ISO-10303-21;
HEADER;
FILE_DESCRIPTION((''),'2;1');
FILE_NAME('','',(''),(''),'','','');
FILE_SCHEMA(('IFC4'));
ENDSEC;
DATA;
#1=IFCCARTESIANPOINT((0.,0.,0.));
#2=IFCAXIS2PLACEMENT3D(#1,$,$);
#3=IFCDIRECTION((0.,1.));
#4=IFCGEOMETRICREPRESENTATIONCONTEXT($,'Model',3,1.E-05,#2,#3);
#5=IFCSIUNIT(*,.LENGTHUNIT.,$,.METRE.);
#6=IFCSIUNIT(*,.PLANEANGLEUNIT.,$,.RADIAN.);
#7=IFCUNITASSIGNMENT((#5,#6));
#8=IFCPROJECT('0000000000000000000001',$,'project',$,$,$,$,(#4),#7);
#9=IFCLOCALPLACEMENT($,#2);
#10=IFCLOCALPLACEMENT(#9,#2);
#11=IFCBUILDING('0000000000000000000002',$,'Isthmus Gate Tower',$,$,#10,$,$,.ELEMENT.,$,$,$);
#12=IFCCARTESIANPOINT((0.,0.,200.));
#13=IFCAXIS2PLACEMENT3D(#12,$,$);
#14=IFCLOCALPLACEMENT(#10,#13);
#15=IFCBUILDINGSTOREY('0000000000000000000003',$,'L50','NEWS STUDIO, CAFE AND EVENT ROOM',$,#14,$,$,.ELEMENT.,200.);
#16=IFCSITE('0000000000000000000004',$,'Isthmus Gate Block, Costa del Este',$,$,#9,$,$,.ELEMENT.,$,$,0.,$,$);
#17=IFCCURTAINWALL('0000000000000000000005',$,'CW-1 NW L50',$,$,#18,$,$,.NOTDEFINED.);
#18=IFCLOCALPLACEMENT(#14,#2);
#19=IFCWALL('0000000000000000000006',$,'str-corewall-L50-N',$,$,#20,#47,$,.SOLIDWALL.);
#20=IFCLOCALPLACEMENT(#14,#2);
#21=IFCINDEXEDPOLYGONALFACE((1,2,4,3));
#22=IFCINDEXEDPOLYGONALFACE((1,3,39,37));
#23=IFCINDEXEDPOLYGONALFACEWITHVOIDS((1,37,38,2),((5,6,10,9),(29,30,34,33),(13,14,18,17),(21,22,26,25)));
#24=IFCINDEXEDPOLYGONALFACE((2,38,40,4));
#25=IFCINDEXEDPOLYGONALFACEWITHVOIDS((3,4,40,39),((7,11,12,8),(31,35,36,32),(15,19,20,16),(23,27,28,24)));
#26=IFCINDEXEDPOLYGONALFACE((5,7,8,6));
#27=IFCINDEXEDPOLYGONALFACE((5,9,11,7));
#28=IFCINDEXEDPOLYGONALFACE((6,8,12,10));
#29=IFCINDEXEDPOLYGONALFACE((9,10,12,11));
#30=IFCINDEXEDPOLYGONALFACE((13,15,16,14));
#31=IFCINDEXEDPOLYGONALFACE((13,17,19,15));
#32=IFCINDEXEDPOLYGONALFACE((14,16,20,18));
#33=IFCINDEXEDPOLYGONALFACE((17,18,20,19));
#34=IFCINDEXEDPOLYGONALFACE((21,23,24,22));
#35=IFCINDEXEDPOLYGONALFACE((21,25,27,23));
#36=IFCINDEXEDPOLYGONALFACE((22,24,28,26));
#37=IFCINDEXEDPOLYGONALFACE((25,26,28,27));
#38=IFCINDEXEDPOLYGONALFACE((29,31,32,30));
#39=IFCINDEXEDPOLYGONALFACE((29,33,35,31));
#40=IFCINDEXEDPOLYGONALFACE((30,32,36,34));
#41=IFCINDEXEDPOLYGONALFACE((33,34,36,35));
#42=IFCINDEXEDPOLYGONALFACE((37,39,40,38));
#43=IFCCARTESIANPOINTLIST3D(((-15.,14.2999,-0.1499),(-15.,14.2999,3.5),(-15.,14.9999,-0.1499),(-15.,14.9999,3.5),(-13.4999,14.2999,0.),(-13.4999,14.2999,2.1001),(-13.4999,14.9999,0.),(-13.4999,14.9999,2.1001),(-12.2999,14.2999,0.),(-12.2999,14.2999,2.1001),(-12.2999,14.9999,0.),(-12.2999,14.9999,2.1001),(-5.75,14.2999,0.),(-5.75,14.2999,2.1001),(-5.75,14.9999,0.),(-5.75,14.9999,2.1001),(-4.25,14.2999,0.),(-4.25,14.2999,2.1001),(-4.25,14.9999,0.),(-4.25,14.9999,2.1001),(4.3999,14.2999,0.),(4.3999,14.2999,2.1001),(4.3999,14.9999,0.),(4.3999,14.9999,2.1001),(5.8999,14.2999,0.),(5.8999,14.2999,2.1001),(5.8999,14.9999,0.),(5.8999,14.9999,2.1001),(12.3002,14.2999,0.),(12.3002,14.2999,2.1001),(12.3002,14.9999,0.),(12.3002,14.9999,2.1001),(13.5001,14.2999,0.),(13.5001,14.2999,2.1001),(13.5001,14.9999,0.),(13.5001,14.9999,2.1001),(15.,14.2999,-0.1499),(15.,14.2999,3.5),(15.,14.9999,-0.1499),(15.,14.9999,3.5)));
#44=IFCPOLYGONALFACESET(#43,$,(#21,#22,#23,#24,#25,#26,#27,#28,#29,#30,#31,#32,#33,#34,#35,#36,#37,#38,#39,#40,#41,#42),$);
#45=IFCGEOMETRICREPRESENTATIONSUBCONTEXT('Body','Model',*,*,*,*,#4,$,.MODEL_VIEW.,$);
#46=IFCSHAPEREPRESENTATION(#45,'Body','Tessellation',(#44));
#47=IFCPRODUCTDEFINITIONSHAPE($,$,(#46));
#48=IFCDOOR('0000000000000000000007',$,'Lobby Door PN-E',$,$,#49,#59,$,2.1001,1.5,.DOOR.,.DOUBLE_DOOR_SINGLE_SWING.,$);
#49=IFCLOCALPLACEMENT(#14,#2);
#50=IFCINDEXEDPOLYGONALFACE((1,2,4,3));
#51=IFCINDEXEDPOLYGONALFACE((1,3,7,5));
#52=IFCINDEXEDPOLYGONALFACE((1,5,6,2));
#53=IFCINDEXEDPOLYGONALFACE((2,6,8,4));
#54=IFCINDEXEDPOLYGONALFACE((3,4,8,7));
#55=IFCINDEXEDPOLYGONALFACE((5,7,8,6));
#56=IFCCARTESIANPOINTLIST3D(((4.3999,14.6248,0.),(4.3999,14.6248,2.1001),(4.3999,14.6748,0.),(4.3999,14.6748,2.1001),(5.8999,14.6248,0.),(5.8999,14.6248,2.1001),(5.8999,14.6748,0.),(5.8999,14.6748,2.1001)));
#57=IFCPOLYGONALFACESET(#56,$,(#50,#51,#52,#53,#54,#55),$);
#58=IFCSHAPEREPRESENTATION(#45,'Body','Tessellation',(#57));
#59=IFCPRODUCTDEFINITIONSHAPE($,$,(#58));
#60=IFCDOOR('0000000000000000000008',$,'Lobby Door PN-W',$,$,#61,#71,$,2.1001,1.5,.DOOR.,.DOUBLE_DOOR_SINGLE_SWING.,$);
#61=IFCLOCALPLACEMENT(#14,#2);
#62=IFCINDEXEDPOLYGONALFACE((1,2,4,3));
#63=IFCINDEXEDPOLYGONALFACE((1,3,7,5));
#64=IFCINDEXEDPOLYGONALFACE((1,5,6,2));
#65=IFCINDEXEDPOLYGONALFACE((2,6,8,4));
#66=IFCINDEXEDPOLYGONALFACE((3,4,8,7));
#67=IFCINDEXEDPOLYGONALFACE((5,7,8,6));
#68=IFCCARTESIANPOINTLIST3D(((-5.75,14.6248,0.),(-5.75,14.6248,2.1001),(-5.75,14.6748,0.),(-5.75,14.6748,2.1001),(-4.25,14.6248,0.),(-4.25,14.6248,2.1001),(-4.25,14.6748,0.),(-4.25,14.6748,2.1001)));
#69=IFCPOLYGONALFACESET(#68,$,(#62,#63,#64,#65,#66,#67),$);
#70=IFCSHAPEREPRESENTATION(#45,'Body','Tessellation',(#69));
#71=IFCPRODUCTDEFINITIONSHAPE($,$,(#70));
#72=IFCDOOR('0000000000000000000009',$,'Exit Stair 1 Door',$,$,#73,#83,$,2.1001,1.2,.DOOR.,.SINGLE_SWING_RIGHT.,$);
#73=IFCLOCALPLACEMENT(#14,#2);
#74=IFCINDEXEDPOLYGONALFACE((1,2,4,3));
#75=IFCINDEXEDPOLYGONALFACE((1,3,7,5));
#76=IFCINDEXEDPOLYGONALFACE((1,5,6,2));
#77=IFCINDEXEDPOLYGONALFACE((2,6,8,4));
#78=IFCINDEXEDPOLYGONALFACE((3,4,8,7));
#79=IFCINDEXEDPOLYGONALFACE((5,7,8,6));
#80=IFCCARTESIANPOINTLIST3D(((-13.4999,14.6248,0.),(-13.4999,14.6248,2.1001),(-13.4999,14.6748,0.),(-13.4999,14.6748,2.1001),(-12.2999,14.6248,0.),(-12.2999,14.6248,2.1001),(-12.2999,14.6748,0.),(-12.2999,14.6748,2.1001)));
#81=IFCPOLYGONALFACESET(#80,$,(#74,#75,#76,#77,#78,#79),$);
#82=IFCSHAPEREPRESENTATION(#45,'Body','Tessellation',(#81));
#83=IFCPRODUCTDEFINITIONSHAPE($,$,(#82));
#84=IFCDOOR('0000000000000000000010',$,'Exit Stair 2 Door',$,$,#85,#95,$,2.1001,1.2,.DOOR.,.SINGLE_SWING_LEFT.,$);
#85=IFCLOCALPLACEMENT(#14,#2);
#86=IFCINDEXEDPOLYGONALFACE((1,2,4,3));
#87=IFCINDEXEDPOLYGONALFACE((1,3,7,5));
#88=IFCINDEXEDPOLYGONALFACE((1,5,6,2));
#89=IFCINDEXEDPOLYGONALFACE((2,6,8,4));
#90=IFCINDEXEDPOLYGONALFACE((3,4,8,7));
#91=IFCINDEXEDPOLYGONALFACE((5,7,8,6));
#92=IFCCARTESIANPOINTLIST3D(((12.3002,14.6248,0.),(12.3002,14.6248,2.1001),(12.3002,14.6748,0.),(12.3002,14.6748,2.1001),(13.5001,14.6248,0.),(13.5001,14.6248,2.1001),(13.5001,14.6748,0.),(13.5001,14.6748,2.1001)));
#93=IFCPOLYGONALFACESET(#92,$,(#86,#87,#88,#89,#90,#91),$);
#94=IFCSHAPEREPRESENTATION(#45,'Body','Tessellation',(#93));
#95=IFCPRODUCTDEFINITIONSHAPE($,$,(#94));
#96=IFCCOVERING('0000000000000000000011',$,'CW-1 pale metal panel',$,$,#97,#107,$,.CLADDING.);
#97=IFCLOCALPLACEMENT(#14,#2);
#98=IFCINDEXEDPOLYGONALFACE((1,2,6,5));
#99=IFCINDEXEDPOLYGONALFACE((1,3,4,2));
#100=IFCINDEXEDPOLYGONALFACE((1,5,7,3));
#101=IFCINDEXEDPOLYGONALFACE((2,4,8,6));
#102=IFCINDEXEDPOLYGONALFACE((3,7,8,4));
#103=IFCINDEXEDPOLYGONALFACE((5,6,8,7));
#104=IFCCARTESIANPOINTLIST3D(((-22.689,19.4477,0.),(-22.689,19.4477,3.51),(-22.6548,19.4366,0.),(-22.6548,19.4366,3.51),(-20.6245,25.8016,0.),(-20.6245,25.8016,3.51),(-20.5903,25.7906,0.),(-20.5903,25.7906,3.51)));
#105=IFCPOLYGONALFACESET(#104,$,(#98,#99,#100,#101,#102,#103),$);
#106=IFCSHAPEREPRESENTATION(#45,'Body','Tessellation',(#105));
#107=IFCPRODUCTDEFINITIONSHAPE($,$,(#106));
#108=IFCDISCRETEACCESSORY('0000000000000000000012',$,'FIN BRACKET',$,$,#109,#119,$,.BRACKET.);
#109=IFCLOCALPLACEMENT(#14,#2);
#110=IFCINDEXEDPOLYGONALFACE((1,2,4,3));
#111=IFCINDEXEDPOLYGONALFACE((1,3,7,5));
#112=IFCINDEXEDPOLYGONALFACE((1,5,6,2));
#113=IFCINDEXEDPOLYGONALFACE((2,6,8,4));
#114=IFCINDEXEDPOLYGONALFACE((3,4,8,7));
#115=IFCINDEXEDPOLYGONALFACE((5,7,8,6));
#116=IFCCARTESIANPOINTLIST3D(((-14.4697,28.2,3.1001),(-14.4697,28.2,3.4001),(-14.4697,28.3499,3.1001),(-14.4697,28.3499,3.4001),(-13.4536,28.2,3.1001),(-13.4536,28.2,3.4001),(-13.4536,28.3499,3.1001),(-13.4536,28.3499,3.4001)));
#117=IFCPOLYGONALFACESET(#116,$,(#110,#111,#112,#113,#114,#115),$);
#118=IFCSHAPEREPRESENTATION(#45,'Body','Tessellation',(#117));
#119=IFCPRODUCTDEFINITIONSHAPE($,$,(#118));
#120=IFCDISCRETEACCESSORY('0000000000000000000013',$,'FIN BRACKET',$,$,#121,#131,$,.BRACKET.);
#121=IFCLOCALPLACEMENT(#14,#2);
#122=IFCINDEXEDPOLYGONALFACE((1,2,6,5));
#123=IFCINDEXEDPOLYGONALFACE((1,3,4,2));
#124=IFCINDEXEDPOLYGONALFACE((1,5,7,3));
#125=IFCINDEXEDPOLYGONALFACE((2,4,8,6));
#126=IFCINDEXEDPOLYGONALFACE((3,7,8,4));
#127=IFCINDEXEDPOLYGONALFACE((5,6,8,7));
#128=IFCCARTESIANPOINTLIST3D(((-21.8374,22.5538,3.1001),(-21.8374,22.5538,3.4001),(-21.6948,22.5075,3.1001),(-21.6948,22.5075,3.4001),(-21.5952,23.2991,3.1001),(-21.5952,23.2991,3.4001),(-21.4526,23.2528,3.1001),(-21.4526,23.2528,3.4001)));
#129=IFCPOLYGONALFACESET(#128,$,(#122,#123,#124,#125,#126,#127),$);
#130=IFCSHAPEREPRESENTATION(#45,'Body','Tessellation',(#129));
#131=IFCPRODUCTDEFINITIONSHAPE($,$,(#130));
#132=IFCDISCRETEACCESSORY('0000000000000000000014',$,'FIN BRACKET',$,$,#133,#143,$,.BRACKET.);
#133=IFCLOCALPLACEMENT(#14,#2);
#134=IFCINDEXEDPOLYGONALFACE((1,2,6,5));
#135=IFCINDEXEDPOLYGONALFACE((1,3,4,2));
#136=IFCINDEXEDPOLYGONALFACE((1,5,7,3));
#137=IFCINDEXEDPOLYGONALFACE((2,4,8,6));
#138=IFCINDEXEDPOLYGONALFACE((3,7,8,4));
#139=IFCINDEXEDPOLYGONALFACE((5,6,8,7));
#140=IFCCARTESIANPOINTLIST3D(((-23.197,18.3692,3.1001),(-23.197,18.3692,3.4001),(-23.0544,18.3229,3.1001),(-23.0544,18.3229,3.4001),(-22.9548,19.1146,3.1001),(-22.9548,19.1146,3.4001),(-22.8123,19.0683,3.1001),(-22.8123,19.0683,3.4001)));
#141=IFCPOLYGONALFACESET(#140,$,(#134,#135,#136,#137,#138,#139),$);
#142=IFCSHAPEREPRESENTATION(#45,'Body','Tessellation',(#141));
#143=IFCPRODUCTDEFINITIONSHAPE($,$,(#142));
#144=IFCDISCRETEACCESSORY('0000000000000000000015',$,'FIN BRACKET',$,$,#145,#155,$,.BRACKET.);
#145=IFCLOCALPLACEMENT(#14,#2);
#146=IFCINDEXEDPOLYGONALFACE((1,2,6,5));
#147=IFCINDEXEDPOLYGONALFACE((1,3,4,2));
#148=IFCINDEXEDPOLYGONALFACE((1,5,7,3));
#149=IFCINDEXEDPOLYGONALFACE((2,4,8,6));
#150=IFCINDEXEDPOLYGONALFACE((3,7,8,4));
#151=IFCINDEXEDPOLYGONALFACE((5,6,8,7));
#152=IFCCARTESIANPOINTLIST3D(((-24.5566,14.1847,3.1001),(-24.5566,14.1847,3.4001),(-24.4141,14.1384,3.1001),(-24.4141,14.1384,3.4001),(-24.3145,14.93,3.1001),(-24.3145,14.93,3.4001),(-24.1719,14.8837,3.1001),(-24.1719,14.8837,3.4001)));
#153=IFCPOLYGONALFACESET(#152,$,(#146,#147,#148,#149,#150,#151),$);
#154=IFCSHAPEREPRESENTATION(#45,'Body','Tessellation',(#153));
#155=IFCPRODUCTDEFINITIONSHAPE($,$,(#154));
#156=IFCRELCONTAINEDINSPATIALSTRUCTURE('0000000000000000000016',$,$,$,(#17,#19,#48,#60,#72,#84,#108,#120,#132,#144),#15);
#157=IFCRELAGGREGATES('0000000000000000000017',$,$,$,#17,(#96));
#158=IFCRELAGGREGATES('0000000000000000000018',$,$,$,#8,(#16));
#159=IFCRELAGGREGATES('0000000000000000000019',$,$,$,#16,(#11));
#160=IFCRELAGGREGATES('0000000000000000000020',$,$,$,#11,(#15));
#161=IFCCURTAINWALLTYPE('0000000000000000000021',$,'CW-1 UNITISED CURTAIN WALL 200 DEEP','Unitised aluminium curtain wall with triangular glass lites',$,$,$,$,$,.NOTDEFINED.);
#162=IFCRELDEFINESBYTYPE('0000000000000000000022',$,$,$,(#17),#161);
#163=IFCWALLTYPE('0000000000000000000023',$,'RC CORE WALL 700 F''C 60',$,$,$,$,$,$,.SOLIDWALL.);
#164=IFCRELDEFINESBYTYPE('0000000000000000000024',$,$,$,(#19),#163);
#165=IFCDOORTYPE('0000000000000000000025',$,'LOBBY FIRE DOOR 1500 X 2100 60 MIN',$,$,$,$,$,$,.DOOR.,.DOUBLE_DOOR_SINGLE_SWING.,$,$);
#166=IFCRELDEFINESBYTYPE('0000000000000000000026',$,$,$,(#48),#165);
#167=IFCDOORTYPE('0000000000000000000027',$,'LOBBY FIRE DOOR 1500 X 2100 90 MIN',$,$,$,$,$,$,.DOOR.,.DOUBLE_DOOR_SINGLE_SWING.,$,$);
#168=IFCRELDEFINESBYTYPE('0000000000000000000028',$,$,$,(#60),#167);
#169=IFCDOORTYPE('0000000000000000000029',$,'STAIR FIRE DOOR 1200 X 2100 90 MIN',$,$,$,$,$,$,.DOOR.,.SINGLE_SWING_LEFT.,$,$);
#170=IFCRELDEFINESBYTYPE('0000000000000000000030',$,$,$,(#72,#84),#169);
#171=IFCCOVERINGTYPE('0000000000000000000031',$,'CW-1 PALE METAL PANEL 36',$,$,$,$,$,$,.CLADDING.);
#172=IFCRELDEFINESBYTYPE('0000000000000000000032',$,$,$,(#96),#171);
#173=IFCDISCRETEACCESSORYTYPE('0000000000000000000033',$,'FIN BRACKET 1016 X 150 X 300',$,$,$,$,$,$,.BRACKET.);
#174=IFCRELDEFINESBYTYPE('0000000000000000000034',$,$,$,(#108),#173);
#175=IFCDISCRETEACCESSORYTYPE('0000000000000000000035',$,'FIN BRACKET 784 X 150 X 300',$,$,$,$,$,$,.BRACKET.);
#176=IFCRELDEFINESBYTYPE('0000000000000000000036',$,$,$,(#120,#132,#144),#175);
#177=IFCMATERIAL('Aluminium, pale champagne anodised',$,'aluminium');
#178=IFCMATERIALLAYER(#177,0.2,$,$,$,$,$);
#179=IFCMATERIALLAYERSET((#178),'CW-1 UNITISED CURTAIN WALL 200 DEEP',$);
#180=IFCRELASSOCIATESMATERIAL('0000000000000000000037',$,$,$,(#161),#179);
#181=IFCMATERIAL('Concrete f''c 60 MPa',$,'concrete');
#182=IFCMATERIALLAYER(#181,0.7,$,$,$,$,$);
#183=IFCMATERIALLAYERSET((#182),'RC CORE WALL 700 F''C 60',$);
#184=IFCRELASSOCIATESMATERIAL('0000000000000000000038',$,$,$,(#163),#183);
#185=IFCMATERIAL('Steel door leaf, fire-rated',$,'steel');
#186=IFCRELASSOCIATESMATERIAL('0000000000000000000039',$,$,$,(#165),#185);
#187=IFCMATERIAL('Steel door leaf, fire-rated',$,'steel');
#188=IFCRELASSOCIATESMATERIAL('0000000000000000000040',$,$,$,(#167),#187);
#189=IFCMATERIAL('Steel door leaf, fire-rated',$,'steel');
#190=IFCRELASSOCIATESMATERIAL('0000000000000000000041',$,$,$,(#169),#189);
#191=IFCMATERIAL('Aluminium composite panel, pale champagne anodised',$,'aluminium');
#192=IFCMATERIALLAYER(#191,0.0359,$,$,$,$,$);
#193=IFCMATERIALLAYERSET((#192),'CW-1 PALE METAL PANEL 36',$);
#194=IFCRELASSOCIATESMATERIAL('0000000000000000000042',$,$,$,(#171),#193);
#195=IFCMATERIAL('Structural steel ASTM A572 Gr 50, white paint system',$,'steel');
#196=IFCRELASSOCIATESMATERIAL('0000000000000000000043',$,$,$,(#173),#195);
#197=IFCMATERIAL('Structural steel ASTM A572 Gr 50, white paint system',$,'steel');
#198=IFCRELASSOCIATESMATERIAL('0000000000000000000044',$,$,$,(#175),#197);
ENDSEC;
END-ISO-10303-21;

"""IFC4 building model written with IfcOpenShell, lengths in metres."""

from ifc_helpers import new_model, si_unit, direction, frame, frame_2d, origin, origin_2d, place, context, subcontext, project, spatial, rectangle, extrude, material, layer, layer_set, type_object, element, fill, aggregate, save


model = new_model("IFC4")

# Units and contexts
model_context = context("Model", 3, precision=1e-05, world=origin(), true_north=direction((0.0, 1.0)))
body_context = subcontext(model_context, "Body", "Model", "MODEL_VIEW")
ifc_project = project(units=[si_unit("LENGTHUNIT", "METRE"), si_unit("PLANEANGLEUNIT", "RADIAN")], contexts=[model_context])

# Site, building, storey
site_placement = place(None, origin())
site = spatial("IfcSite", under=ifc_project, at=site_placement, Name="Isthmus Gate Block, Costa del Este", CompositionType="ELEMENT", RefElevation=0.0)
building_placement = place(site_placement, origin())
building = spatial("IfcBuilding", under=site, at=building_placement, Name="Isthmus Gate Tower", CompositionType="ELEMENT")
storey_placement = place(building_placement, frame((0.0, 0.0, 200.0)))
storey = spatial("IfcBuildingStorey", under=building, at=storey_placement, Name="L50", Description="NEWS STUDIO, CAFE AND EVENT ROOM", CompositionType="ELEMENT", Elevation=200.0)

# Curtain wall
ifc_material_1 = material(Name="Aluminium, pale champagne anodised", Category="aluminium")
ifc_layer_1 = layer(ifc_material_1, 0.2)
ifc_layer_set_1 = layer_set([ifc_layer_1], Name="CW-1 UNITISED CURTAIN WALL 200 DEEP")
curtain_wall_type = type_object("IfcCurtainWallType", Name="CW-1 UNITISED CURTAIN WALL 200 DEEP", Description="Unitised aluminium curtain wall with triangular glass lites", PredefinedType="NOTDEFINED", material=ifc_layer_set_1)
curtain_wall_1_placement = place(storey_placement, origin())
curtain_wall_1 = element("IfcCurtainWall", 1, at=curtain_wall_1_placement, inside=storey, type_object=curtain_wall_type, Name="CW-1 NW L50", PredefinedType="NOTDEFINED")

# Wall, openings, doors
ifc_material_2 = material(Name="Concrete f'c 60 MPa", Category="concrete")
ifc_layer_2 = layer(ifc_material_2, 0.7)
ifc_layer_set_2 = layer_set([ifc_layer_2], Name="RC CORE WALL 700 F'C 60")
wall_type_1 = type_object("IfcWallType", Name="RC CORE WALL 700 F'C 60", PredefinedType="SOLIDWALL", material=ifc_layer_set_2)
wall_1_placement = place(storey_placement, frame((-15.0, 14.6499, -0.1499), z_axis=(0.0, 0.0, 1.0), x_axis=(1.0, 0.0, 0.0)))
wall_1 = element("IfcWall", 2, at=wall_1_placement, inside=storey, type_object=wall_type_1, Name="str-corewall-L50-N", PredefinedType="SOLIDWALL", context=body_context, shape_type="SweptSolid", body=[
    extrude(rectangle(XDim=30.0, YDim=0.7, at=frame_2d((15.0, 0.0))), origin(), (0.0, 0.0, 1.0), 3.6499),
])
opening_1_placement = place(wall_1_placement, frame((9.25, 0.0, 0.1499)))
opening_1 = element("IfcOpeningElement", 3, at=opening_1_placement, cuts=wall_1, PredefinedType="OPENING", context=body_context, shape_type="SweptSolid", body=[
    extrude(rectangle(XDim=1.5, YDim=2.1001, at=frame_2d((0.75, 1.05))), frame((0.0, 0.3599, 0.0), z_axis=(0.0, -1.0, 0.0), x_axis=(1.0, 0.0, 0.0)), (0.0, 0.0, 1.0), 0.72),
])
opening_2_placement = place(wall_1_placement, frame((19.3999, 0.0, 0.1499)))
opening_2 = element("IfcOpeningElement", 4, at=opening_2_placement, cuts=wall_1, PredefinedType="OPENING", context=body_context, shape_type="SweptSolid", body=[
    extrude(rectangle(XDim=1.5, YDim=2.1001, at=frame_2d((0.75, 1.05))), frame((0.0, 0.3599, 0.0), z_axis=(0.0, -1.0, 0.0), x_axis=(1.0, 0.0, 0.0)), (0.0, 0.0, 1.0), 0.72),
])
opening_3_placement = place(wall_1_placement, frame((1.5, 0.0, 0.1499)))
opening_3 = element("IfcOpeningElement", 5, at=opening_3_placement, cuts=wall_1, PredefinedType="OPENING", context=body_context, shape_type="SweptSolid", body=[
    extrude(rectangle(XDim=1.2, YDim=2.1001, at=frame_2d((0.6001, 1.05))), frame((0.0, 0.3599, 0.0), z_axis=(0.0, -1.0, 0.0), x_axis=(1.0, 0.0, 0.0)), (0.0, 0.0, 1.0), 0.72),
])
opening_4_placement = place(wall_1_placement, frame((27.3, 0.0, 0.1499)))
opening_4 = element("IfcOpeningElement", 6, at=opening_4_placement, cuts=wall_1, PredefinedType="OPENING", context=body_context, shape_type="SweptSolid", body=[
    extrude(rectangle(XDim=1.2, YDim=2.1001, at=frame_2d((0.6001, 1.05))), frame((0.0, 0.3599, 0.0), z_axis=(0.0, -1.0, 0.0), x_axis=(1.0, 0.0, 0.0)), (0.0, 0.0, 1.0), 0.72),
])
ifc_material_3 = material(Name="Steel door leaf, fire-rated", Category="steel")
door_type_1 = type_object("IfcDoorType", Name="LOBBY FIRE DOOR 1500 X 2100 60 MIN", OperationType="DOUBLE_DOOR_SINGLE_SWING", PredefinedType="DOOR", material=ifc_material_3)
door_1_placement = place(opening_2_placement, origin())
door_1 = element("IfcDoor", 7, at=door_1_placement, inside=storey, type_object=door_type_1, Name="Lobby Door PN-E", OperationType="DOUBLE_DOOR_SINGLE_SWING", OverallHeight=2.1001, OverallWidth=1.5, PredefinedType="DOOR", context=body_context, shape_type="SweptSolid", body=[
    extrude(rectangle(XDim=1.5, YDim=2.1001, at=frame_2d((0.75, 1.05))), frame((0.0, 0.0249, 0.0), z_axis=(0.0, -1.0, 0.0), x_axis=(1.0, 0.0, 0.0)), (0.0, 0.0, 1.0), 0.05),
])
fill(opening_2, door_1)
ifc_material_4 = material(Name="Steel door leaf, fire-rated", Category="steel")
door_type_2 = type_object("IfcDoorType", Name="LOBBY FIRE DOOR 1500 X 2100 90 MIN", OperationType="DOUBLE_DOOR_SINGLE_SWING", PredefinedType="DOOR", material=ifc_material_4)
door_2_placement = place(opening_1_placement, origin())
door_2 = element("IfcDoor", 8, at=door_2_placement, inside=storey, type_object=door_type_2, Name="Lobby Door PN-W", OperationType="DOUBLE_DOOR_SINGLE_SWING", OverallHeight=2.1001, OverallWidth=1.5, PredefinedType="DOOR", context=body_context, shape_type="SweptSolid", body=[
    extrude(rectangle(XDim=1.5, YDim=2.1001, at=frame_2d((0.75, 1.05))), frame((0.0, 0.0249, 0.0), z_axis=(0.0, -1.0, 0.0), x_axis=(1.0, 0.0, 0.0)), (0.0, 0.0, 1.0), 0.05),
])
fill(opening_1, door_2)
ifc_material_5 = material(Name="Steel door leaf, fire-rated", Category="steel")
door_type_3 = type_object("IfcDoorType", Name="STAIR FIRE DOOR 1200 X 2100 90 MIN", OperationType="SINGLE_SWING_LEFT", PredefinedType="DOOR", material=ifc_material_5)
door_3_placement = place(opening_3_placement, origin())
door_3 = element("IfcDoor", 9, at=door_3_placement, inside=storey, type_object=door_type_3, Name="Exit Stair 1 Door", OperationType="SINGLE_SWING_RIGHT", OverallHeight=2.1001, OverallWidth=1.2, PredefinedType="DOOR", context=body_context, shape_type="SweptSolid", body=[
    extrude(rectangle(XDim=1.2, YDim=2.1001, at=frame_2d((0.6001, 1.05))), frame((0.0, 0.0249, 0.0), z_axis=(0.0, -1.0, 0.0), x_axis=(1.0, 0.0, 0.0)), (0.0, 0.0, 1.0), 0.05),
])
fill(opening_3, door_3)
door_4_placement = place(opening_4_placement, origin())
door_4 = element("IfcDoor", 10, at=door_4_placement, inside=storey, type_object=door_type_3, Name="Exit Stair 2 Door", OperationType="SINGLE_SWING_LEFT", OverallHeight=2.1001, OverallWidth=1.2, PredefinedType="DOOR", context=body_context, shape_type="SweptSolid", body=[
    extrude(rectangle(XDim=1.2, YDim=2.1001, at=frame_2d((0.6001, 1.05))), frame((0.0, 0.0249, 0.0), z_axis=(0.0, -1.0, 0.0), x_axis=(1.0, 0.0, 0.0)), (0.0, 0.0, 1.0), 0.05),
])
fill(opening_4, door_4)

# Covering
ifc_material_6 = material(Name="Aluminium composite panel, pale champagne anodised", Category="aluminium")
ifc_layer_3 = layer(ifc_material_6, 0.0359)
ifc_layer_set_3 = layer_set([ifc_layer_3], Name="CW-1 PALE METAL PANEL 36")
covering_type = type_object("IfcCoveringType", Name="CW-1 PALE METAL PANEL 36", PredefinedType="CLADDING", material=ifc_layer_set_3)
covering_placement = place(storey_placement, frame((-21.6396, 22.6191, 0.0), z_axis=(0.0, 0.0, 1.0), x_axis=(-0.309017, -0.951057, 0.0)))
covering = element("IfcCovering", 11, at=covering_placement, type_object=covering_type, Name="CW-1 pale metal panel", PredefinedType="CLADDING", context=body_context, shape_type="SweptSolid", body=[
    extrude(rectangle(XDim=6.6809, YDim=0.0359, at=origin_2d()), origin(), (0.0, 0.0, 1.0), 3.51),
])
aggregate(curtain_wall_1, [covering])

# Discrete accessories
ifc_material_7 = material(Name="Structural steel ASTM A572 Gr 50, white paint system", Category="steel")
discrete_accessory_type_1 = type_object("IfcDiscreteAccessoryType", Name="FIN BRACKET 1016 X 150 X 300", PredefinedType="BRACKET", material=ifc_material_7)
discrete_accessory_placement = place(storey_placement, frame((-13.9617, 28.2749, 3.1001), z_axis=(0.0, 0.0, 1.0), x_axis=(0.0, 1.0, 0.0)))
element("IfcDiscreteAccessory", 12, at=discrete_accessory_placement, inside=storey, type_object=discrete_accessory_type_1, Name="FIN BRACKET", PredefinedType="BRACKET", context=body_context, shape_type="SweptSolid", body=[
    extrude(rectangle(XDim=0.1499, YDim=1.0161, at=origin_2d()), origin(), (0.0, 0.0, 1.0), 0.3),
])
ifc_material_8 = material(Name="Structural steel ASTM A572 Gr 50, white paint system", Category="steel")
discrete_accessory_type_2 = type_object("IfcDiscreteAccessoryType", Name="FIN BRACKET 784 X 150 X 300", PredefinedType="BRACKET", material=ifc_material_8)
for number, where, z_axis, x_axis, name in (
    (13, (-21.645, 22.9033, 3.1001), (0.0, 0.0, 1.0), (-0.951057, 0.309017, 0.0), "FIN BRACKET"),
    (14, (-23.0046, 18.7188, 3.1001), (0.0, 0.0, 1.0), (-0.951057, 0.309017, 0.0), "FIN BRACKET"),
    (15, (-24.3643, 14.5342, 3.1001), (0.0, 0.0, 1.0), (-0.951057, 0.309017, 0.0), "FIN BRACKET"),
):
    element("IfcDiscreteAccessory", number, at=place(storey_placement, frame(where, z_axis=z_axis, x_axis=x_axis)), inside=storey, type_object=discrete_accessory_type_2, Name=name, PredefinedType="BRACKET", context=body_context, shape_type="SweptSolid", body=[
        extrude(rectangle(XDim=0.1499, YDim=0.7837, at=origin_2d()), origin(), (0.0, 0.0, 1.0), 0.3),
    ])

save(model, "model.ifc")
